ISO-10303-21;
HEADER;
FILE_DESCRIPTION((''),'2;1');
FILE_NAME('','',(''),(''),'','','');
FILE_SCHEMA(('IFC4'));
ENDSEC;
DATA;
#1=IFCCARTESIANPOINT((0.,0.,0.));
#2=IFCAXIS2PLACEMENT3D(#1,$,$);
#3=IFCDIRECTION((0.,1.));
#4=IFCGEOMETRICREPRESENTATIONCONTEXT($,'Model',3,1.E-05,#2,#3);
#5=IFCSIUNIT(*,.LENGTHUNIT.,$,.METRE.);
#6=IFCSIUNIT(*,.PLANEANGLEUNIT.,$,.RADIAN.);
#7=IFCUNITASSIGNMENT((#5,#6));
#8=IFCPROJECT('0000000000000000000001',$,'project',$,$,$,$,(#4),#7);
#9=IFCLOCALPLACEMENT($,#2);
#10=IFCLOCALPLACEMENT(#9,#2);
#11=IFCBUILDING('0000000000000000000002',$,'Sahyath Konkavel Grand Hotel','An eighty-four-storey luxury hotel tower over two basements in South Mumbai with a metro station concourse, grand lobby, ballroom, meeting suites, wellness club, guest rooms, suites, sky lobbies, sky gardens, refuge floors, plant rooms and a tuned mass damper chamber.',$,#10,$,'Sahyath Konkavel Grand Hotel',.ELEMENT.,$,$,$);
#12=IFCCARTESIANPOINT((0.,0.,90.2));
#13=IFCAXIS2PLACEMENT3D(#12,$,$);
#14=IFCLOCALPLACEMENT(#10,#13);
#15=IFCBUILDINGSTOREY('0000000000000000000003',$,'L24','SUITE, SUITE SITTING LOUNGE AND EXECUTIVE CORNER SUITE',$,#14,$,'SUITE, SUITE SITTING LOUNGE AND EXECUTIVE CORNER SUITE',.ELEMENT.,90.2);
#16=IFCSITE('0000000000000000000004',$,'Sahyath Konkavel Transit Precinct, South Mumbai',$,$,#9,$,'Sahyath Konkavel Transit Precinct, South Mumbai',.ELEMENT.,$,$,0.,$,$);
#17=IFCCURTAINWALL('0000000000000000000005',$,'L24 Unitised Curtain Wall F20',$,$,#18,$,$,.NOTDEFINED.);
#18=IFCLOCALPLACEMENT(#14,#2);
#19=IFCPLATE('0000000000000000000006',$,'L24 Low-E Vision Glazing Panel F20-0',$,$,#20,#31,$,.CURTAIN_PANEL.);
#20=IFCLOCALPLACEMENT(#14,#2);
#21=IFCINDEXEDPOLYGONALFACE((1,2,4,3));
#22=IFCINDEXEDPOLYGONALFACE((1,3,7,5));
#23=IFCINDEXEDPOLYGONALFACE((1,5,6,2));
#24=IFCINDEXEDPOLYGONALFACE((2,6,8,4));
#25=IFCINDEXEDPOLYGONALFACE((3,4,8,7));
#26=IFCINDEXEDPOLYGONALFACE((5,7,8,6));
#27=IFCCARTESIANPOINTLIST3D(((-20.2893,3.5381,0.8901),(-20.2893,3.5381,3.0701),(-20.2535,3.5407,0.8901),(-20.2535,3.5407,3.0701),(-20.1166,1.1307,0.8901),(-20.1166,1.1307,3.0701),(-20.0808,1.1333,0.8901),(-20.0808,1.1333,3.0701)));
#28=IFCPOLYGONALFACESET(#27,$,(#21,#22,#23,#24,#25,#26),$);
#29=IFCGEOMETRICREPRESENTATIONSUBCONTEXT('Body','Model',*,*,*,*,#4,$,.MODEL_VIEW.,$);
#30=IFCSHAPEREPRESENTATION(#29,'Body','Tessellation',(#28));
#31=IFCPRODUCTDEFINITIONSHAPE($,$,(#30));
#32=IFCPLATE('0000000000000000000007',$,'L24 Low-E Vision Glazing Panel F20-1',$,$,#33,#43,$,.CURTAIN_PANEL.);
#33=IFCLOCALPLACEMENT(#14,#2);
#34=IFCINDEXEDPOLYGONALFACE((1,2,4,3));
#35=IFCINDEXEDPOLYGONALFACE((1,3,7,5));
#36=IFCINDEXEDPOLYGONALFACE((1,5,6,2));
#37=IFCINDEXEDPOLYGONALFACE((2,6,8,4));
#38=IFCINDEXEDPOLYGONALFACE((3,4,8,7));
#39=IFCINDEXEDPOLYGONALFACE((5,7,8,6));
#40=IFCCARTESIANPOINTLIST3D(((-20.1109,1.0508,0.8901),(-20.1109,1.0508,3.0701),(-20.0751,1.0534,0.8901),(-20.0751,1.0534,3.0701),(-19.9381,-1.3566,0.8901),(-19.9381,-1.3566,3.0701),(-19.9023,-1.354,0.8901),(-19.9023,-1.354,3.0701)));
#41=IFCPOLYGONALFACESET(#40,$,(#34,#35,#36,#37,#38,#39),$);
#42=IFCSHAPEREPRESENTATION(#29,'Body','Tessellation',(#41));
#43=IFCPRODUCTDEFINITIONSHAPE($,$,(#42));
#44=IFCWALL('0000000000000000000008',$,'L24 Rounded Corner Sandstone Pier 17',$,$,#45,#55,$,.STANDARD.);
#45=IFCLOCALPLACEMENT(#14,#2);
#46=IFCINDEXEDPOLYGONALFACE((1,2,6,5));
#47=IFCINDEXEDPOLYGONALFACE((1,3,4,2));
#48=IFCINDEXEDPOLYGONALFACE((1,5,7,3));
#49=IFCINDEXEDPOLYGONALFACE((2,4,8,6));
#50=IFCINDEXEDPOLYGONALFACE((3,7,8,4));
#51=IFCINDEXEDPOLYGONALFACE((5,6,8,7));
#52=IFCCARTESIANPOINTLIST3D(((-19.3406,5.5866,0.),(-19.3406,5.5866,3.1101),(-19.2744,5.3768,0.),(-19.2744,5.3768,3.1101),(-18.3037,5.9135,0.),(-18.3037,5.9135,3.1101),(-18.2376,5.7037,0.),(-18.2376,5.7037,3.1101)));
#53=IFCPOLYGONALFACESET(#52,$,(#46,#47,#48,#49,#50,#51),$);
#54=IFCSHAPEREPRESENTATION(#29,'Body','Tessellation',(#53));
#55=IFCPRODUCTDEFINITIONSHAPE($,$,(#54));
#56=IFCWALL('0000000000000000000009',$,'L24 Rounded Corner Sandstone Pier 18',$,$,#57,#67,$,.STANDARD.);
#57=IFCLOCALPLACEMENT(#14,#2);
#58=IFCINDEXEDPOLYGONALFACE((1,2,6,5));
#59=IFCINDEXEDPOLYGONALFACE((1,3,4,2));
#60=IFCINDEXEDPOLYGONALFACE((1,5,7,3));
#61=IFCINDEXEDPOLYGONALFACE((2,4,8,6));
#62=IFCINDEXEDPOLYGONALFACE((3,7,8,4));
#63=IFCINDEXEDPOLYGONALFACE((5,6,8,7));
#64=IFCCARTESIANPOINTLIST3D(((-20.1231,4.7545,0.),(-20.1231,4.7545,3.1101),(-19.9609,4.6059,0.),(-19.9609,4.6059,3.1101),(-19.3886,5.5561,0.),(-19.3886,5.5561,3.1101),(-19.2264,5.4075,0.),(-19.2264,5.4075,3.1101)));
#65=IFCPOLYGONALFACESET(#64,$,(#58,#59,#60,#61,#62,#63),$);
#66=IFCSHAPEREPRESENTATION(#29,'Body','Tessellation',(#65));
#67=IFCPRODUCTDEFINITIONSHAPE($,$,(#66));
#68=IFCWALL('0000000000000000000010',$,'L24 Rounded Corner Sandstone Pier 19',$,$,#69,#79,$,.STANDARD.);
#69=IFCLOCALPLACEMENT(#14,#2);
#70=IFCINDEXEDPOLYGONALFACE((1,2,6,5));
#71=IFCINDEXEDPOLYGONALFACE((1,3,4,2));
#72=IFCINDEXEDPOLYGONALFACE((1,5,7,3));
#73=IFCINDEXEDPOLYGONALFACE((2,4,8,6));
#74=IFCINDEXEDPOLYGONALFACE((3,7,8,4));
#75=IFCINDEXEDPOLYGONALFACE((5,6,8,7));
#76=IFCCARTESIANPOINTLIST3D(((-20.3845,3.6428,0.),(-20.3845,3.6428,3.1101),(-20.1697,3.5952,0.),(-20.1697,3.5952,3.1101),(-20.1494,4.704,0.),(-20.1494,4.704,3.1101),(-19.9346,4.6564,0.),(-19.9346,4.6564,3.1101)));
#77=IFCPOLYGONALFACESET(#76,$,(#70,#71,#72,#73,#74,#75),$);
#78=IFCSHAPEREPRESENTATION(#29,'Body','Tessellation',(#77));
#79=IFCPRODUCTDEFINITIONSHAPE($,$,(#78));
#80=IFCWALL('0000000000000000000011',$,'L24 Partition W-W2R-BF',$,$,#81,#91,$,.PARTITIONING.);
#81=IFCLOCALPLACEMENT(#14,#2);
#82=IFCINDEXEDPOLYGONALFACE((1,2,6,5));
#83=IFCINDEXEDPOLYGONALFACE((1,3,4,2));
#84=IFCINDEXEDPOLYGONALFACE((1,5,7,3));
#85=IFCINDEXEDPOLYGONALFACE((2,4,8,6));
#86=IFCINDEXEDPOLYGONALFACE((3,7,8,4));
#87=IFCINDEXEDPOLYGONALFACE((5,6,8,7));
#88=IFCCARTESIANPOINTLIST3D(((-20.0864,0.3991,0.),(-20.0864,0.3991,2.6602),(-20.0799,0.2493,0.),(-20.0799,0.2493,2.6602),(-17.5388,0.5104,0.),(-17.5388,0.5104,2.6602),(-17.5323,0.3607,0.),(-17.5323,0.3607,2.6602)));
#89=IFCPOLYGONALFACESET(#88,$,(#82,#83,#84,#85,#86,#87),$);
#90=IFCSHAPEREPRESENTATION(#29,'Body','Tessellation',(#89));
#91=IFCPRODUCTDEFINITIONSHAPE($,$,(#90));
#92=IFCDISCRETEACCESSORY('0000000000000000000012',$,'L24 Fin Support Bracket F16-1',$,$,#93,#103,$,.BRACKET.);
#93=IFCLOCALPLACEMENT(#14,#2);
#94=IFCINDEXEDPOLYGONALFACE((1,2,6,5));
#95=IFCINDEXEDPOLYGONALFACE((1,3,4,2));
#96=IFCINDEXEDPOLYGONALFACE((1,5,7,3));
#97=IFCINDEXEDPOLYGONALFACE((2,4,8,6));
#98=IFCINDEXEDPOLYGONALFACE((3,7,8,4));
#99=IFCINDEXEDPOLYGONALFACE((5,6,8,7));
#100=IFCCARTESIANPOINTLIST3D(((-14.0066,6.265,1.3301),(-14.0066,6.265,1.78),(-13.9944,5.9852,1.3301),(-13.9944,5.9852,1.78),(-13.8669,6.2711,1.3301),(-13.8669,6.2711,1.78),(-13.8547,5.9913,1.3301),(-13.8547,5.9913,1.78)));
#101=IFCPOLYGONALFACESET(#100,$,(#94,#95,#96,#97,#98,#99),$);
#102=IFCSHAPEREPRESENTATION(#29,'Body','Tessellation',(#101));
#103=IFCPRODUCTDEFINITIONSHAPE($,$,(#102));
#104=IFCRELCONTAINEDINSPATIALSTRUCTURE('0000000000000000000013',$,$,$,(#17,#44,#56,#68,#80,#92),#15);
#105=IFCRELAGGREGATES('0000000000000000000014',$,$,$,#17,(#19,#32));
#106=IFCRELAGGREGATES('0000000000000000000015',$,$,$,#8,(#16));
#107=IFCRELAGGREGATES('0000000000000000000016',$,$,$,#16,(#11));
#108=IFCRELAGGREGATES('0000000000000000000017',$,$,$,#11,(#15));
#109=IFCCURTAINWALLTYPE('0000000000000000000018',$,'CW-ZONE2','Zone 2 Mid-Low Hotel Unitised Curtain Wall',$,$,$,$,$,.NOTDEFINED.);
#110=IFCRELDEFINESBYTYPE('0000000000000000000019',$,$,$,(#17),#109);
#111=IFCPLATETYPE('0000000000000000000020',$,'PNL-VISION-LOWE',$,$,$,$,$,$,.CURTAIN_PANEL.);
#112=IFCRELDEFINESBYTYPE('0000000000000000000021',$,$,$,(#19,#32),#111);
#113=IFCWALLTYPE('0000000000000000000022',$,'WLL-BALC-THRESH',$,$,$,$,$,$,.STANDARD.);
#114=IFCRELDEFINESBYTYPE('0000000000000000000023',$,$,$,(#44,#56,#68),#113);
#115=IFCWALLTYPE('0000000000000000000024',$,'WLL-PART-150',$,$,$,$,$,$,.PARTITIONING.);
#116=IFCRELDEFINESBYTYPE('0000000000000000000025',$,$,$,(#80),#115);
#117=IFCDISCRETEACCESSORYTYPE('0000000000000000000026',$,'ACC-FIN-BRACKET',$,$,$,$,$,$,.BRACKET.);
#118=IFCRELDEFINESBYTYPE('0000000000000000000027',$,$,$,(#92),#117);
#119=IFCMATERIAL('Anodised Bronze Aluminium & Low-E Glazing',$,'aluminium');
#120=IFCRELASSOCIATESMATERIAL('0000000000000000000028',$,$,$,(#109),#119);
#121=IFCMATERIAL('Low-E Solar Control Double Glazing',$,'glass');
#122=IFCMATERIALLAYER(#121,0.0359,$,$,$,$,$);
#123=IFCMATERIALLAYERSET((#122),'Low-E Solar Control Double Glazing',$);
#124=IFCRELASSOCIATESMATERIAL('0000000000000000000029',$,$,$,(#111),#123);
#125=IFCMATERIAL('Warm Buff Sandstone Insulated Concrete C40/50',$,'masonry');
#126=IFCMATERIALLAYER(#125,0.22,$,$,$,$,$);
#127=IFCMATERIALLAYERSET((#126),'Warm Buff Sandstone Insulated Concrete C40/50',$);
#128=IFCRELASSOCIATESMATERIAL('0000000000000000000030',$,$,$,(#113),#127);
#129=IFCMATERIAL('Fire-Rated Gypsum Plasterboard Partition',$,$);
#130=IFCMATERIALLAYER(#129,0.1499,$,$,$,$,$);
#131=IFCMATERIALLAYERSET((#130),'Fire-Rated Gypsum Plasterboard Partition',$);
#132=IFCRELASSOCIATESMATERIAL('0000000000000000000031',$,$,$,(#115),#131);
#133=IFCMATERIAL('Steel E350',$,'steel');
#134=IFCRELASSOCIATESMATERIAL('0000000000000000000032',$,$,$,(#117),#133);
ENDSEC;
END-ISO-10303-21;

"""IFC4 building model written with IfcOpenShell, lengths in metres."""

from ifc_helpers import new_model, si_unit, direction, frame, frame_2d, origin, origin_2d, place, context, subcontext, project, spatial, rectangle, extrude, source, transform, mapped, material, layer, layer_set, type_object, element, aggregate, save


model = new_model("IFC4")

# Units and contexts
model_context = context("Model", 3, precision=1e-05, world=origin(), true_north=direction((0.0, 1.0)))
body_context = subcontext(model_context, "Body", "Model", "MODEL_VIEW")
ifc_project = project(units=[si_unit("LENGTHUNIT", "METRE"), si_unit("PLANEANGLEUNIT", "RADIAN")], contexts=[model_context])

# Site, building, storey
site_placement = place(None, origin())
site = spatial("IfcSite", under=ifc_project, at=site_placement, Name="Sahyath Konkavel Transit Precinct, South Mumbai", LongName="Sahyath Konkavel Transit Precinct, South Mumbai", CompositionType="ELEMENT", RefElevation=0.0)
building_placement = place(site_placement, origin())
building = spatial("IfcBuilding", under=site, at=building_placement, Name="Sahyath Konkavel Grand Hotel", Description="An eighty-four-storey luxury hotel tower over two basements in South Mumbai with a metro station concourse, grand lobby, ballroom, meeting suites, wellness club, guest rooms, suites, sky lobbies, sky gardens, refuge floors, plant rooms and a tuned mass damper chamber.", LongName="Sahyath Konkavel Grand Hotel", CompositionType="ELEMENT")
storey_placement = place(building_placement, frame((0.0, 0.0, 90.2)))
storey = spatial("IfcBuildingStorey", under=building, at=storey_placement, Name="L24", Description="SUITE, SUITE SITTING LOUNGE AND EXECUTIVE CORNER SUITE", LongName="SUITE, SUITE SITTING LOUNGE AND EXECUTIVE CORNER SUITE", CompositionType="ELEMENT", Elevation=90.2)

# Shared definitions
ifc_material_1 = material(Name="Steel E350", Category="steel")

# Curtain wall
ifc_material_2 = material(Name="Anodised Bronze Aluminium & Low-E Glazing", Category="aluminium")
curtain_wall_type = type_object("IfcCurtainWallType", Name="CW-ZONE2", Description="Zone 2 Mid-Low Hotel Unitised Curtain Wall", PredefinedType="NOTDEFINED", material=ifc_material_2)
curtain_wall_1_placement = place(storey_placement, origin())
curtain_wall_1 = element("IfcCurtainWall", 1, at=curtain_wall_1_placement, inside=storey, type_object=curtain_wall_type, Name="L24 Unitised Curtain Wall F20", PredefinedType="NOTDEFINED")

# Plates
ifc_material_3 = material(Name="Low-E Solar Control Double Glazing", Category="glass")
ifc_layer_1 = layer(ifc_material_3, 0.0359)
ifc_layer_set_1 = layer_set([ifc_layer_1], Name="Low-E Solar Control Double Glazing")
plate_type_1 = type_object("IfcPlateType", Name="PNL-VISION-LOWE", PredefinedType="CURTAIN_PANEL", material=ifc_layer_set_1)
shared_shape_1 = source(origin(), body_context, "Body", "SweptSolid", [
    extrude(rectangle(XDim=2.4136, YDim=0.0359, at=origin_2d()), origin(), (0.0, 0.0, 1.0), 2.1799),
])
plate_1_placement = place(storey_placement, frame((-20.1851, 2.3357, 0.8901), z_axis=(0.0, 0.0, 1.0), x_axis=(0.071567, -0.997436, 0.0)))
plate_1 = element("IfcPlate", 2, at=plate_1_placement, type_object=plate_type_1, Name="L24 Low-E Vision Glazing Panel F20-0", PredefinedType="CURTAIN_PANEL", context=body_context, shape_type="MappedRepresentation", body=[
    mapped(shared_shape_1, transform((0.0, 0.0, 0.0), scale=1.0)),
])
plate_2_placement = place(storey_placement, frame((-20.0066, -0.1516, 0.8901), z_axis=(0.0, 0.0, 1.0), x_axis=(0.071567, -0.997436, 0.0)))
plate_2 = element("IfcPlate", 3, at=plate_2_placement, type_object=plate_type_1, Name="L24 Low-E Vision Glazing Panel F20-1", PredefinedType="CURTAIN_PANEL", context=body_context, shape_type="MappedRepresentation", body=[
    mapped(shared_shape_1, transform((0.0, 0.0, 0.0), scale=1.0)),
])
aggregate(curtain_wall_1, [plate_1, plate_2])

# Walls
ifc_material_4 = material(Name="Warm Buff Sandstone Insulated Concrete C40/50", Category="masonry")
ifc_layer_2 = layer(ifc_material_4, 0.22)
ifc_layer_set_2 = layer_set([ifc_layer_2], Name="Warm Buff Sandstone Insulated Concrete C40/50")
wall_type_1 = type_object("IfcWallType", Name="WLL-BALC-THRESH", PredefinedType="STANDARD", material=ifc_layer_set_2)
for number, where, z_axis, x_axis, name in (
    (4, (-18.2708, 5.8086, 0.0), (0.0, 0.0, 1.0), (-0.953722, -0.300691, 0.0), "L24 Rounded Corner Sandstone Pier 17"),
    (5, (-19.3076, 5.4817, 0.0), (0.0, 0.0, 1.0), (-0.675552, -0.737313, 0.0), "L24 Rounded Corner Sandstone Pier 18"),
):
    element("IfcWall", number, at=place(storey_placement, frame(where, z_axis=z_axis, x_axis=x_axis)), inside=storey, type_object=wall_type_1, Name=name, PredefinedType="STANDARD", context=body_context, shape_type="SweptSolid", body=[
        extrude(rectangle(XDim=1.0872, YDim=0.22, at=frame_2d((0.5435, 0.0))), origin(), (0.0, 0.0, 1.0), 3.1101),
    ])
wall_1_placement = place(storey_placement, frame((-20.042, 4.6802, 0.0), z_axis=(0.0, 0.0, 1.0), x_axis=(-0.216288, -0.97633, 0.0)))
element("IfcWall", 6, at=wall_1_placement, inside=storey, type_object=wall_type_1, Name="L24 Rounded Corner Sandstone Pier 19", PredefinedType="STANDARD", context=body_context, shape_type="SweptSolid", body=[
    extrude(rectangle(XDim=1.0869, YDim=0.22, at=frame_2d((0.5435, 0.0))), origin(), (0.0, 0.0, 1.0), 3.1101),
])
ifc_material_5 = material(Name="Fire-Rated Gypsum Plasterboard Partition")
ifc_layer_3 = layer(ifc_material_5, 0.1499)
ifc_layer_set_3 = layer_set([ifc_layer_3], Name="Fire-Rated Gypsum Plasterboard Partition")
wall_type_2 = type_object("IfcWallType", Name="WLL-PART-150", PredefinedType="PARTITIONING", material=ifc_layer_set_3)
wall_2_placement = place(storey_placement, frame((-17.5356, 0.4355, 0.0), z_axis=(0.0, 0.0, 1.0), x_axis=(-0.999047, -0.043657, 0.0)))
element("IfcWall", 7, at=wall_2_placement, inside=storey, type_object=wall_type_2, Name="L24 Partition W-W2R-BF", PredefinedType="PARTITIONING", context=body_context, shape_type="SweptSolid", body=[
    extrude(rectangle(XDim=2.55, YDim=0.1499, at=frame_2d((1.2749, 0.0))), origin(), (0.0, 0.0, 1.0), 2.6602),
])

# Discrete accessory
discrete_accessory_type = type_object("IfcDiscreteAccessoryType", Name="ACC-FIN-BRACKET", PredefinedType="BRACKET", material=ifc_material_1)
shared_shape_2 = source(origin(), body_context, "Body", "SweptSolid", [
    extrude(rectangle(XDim=0.28, YDim=0.1399, at=origin_2d()), origin(), (0.0, 0.0, 1.0), 0.45),
])
discrete_accessory_placement = place(storey_placement, frame((-13.9307, 6.1282, 1.3301), z_axis=(0.0, 0.0, 1.0), x_axis=(-0.043602, 0.999049, 0.0)))
element("IfcDiscreteAccessory", 8, at=discrete_accessory_placement, inside=storey, type_object=discrete_accessory_type, Name="L24 Fin Support Bracket F16-1", PredefinedType="BRACKET", context=body_context, shape_type="MappedRepresentation", body=[
    mapped(shared_shape_2, transform((0.0, 0.0, 0.0), scale=1.0)),
])

save(model, "model.ifc")
